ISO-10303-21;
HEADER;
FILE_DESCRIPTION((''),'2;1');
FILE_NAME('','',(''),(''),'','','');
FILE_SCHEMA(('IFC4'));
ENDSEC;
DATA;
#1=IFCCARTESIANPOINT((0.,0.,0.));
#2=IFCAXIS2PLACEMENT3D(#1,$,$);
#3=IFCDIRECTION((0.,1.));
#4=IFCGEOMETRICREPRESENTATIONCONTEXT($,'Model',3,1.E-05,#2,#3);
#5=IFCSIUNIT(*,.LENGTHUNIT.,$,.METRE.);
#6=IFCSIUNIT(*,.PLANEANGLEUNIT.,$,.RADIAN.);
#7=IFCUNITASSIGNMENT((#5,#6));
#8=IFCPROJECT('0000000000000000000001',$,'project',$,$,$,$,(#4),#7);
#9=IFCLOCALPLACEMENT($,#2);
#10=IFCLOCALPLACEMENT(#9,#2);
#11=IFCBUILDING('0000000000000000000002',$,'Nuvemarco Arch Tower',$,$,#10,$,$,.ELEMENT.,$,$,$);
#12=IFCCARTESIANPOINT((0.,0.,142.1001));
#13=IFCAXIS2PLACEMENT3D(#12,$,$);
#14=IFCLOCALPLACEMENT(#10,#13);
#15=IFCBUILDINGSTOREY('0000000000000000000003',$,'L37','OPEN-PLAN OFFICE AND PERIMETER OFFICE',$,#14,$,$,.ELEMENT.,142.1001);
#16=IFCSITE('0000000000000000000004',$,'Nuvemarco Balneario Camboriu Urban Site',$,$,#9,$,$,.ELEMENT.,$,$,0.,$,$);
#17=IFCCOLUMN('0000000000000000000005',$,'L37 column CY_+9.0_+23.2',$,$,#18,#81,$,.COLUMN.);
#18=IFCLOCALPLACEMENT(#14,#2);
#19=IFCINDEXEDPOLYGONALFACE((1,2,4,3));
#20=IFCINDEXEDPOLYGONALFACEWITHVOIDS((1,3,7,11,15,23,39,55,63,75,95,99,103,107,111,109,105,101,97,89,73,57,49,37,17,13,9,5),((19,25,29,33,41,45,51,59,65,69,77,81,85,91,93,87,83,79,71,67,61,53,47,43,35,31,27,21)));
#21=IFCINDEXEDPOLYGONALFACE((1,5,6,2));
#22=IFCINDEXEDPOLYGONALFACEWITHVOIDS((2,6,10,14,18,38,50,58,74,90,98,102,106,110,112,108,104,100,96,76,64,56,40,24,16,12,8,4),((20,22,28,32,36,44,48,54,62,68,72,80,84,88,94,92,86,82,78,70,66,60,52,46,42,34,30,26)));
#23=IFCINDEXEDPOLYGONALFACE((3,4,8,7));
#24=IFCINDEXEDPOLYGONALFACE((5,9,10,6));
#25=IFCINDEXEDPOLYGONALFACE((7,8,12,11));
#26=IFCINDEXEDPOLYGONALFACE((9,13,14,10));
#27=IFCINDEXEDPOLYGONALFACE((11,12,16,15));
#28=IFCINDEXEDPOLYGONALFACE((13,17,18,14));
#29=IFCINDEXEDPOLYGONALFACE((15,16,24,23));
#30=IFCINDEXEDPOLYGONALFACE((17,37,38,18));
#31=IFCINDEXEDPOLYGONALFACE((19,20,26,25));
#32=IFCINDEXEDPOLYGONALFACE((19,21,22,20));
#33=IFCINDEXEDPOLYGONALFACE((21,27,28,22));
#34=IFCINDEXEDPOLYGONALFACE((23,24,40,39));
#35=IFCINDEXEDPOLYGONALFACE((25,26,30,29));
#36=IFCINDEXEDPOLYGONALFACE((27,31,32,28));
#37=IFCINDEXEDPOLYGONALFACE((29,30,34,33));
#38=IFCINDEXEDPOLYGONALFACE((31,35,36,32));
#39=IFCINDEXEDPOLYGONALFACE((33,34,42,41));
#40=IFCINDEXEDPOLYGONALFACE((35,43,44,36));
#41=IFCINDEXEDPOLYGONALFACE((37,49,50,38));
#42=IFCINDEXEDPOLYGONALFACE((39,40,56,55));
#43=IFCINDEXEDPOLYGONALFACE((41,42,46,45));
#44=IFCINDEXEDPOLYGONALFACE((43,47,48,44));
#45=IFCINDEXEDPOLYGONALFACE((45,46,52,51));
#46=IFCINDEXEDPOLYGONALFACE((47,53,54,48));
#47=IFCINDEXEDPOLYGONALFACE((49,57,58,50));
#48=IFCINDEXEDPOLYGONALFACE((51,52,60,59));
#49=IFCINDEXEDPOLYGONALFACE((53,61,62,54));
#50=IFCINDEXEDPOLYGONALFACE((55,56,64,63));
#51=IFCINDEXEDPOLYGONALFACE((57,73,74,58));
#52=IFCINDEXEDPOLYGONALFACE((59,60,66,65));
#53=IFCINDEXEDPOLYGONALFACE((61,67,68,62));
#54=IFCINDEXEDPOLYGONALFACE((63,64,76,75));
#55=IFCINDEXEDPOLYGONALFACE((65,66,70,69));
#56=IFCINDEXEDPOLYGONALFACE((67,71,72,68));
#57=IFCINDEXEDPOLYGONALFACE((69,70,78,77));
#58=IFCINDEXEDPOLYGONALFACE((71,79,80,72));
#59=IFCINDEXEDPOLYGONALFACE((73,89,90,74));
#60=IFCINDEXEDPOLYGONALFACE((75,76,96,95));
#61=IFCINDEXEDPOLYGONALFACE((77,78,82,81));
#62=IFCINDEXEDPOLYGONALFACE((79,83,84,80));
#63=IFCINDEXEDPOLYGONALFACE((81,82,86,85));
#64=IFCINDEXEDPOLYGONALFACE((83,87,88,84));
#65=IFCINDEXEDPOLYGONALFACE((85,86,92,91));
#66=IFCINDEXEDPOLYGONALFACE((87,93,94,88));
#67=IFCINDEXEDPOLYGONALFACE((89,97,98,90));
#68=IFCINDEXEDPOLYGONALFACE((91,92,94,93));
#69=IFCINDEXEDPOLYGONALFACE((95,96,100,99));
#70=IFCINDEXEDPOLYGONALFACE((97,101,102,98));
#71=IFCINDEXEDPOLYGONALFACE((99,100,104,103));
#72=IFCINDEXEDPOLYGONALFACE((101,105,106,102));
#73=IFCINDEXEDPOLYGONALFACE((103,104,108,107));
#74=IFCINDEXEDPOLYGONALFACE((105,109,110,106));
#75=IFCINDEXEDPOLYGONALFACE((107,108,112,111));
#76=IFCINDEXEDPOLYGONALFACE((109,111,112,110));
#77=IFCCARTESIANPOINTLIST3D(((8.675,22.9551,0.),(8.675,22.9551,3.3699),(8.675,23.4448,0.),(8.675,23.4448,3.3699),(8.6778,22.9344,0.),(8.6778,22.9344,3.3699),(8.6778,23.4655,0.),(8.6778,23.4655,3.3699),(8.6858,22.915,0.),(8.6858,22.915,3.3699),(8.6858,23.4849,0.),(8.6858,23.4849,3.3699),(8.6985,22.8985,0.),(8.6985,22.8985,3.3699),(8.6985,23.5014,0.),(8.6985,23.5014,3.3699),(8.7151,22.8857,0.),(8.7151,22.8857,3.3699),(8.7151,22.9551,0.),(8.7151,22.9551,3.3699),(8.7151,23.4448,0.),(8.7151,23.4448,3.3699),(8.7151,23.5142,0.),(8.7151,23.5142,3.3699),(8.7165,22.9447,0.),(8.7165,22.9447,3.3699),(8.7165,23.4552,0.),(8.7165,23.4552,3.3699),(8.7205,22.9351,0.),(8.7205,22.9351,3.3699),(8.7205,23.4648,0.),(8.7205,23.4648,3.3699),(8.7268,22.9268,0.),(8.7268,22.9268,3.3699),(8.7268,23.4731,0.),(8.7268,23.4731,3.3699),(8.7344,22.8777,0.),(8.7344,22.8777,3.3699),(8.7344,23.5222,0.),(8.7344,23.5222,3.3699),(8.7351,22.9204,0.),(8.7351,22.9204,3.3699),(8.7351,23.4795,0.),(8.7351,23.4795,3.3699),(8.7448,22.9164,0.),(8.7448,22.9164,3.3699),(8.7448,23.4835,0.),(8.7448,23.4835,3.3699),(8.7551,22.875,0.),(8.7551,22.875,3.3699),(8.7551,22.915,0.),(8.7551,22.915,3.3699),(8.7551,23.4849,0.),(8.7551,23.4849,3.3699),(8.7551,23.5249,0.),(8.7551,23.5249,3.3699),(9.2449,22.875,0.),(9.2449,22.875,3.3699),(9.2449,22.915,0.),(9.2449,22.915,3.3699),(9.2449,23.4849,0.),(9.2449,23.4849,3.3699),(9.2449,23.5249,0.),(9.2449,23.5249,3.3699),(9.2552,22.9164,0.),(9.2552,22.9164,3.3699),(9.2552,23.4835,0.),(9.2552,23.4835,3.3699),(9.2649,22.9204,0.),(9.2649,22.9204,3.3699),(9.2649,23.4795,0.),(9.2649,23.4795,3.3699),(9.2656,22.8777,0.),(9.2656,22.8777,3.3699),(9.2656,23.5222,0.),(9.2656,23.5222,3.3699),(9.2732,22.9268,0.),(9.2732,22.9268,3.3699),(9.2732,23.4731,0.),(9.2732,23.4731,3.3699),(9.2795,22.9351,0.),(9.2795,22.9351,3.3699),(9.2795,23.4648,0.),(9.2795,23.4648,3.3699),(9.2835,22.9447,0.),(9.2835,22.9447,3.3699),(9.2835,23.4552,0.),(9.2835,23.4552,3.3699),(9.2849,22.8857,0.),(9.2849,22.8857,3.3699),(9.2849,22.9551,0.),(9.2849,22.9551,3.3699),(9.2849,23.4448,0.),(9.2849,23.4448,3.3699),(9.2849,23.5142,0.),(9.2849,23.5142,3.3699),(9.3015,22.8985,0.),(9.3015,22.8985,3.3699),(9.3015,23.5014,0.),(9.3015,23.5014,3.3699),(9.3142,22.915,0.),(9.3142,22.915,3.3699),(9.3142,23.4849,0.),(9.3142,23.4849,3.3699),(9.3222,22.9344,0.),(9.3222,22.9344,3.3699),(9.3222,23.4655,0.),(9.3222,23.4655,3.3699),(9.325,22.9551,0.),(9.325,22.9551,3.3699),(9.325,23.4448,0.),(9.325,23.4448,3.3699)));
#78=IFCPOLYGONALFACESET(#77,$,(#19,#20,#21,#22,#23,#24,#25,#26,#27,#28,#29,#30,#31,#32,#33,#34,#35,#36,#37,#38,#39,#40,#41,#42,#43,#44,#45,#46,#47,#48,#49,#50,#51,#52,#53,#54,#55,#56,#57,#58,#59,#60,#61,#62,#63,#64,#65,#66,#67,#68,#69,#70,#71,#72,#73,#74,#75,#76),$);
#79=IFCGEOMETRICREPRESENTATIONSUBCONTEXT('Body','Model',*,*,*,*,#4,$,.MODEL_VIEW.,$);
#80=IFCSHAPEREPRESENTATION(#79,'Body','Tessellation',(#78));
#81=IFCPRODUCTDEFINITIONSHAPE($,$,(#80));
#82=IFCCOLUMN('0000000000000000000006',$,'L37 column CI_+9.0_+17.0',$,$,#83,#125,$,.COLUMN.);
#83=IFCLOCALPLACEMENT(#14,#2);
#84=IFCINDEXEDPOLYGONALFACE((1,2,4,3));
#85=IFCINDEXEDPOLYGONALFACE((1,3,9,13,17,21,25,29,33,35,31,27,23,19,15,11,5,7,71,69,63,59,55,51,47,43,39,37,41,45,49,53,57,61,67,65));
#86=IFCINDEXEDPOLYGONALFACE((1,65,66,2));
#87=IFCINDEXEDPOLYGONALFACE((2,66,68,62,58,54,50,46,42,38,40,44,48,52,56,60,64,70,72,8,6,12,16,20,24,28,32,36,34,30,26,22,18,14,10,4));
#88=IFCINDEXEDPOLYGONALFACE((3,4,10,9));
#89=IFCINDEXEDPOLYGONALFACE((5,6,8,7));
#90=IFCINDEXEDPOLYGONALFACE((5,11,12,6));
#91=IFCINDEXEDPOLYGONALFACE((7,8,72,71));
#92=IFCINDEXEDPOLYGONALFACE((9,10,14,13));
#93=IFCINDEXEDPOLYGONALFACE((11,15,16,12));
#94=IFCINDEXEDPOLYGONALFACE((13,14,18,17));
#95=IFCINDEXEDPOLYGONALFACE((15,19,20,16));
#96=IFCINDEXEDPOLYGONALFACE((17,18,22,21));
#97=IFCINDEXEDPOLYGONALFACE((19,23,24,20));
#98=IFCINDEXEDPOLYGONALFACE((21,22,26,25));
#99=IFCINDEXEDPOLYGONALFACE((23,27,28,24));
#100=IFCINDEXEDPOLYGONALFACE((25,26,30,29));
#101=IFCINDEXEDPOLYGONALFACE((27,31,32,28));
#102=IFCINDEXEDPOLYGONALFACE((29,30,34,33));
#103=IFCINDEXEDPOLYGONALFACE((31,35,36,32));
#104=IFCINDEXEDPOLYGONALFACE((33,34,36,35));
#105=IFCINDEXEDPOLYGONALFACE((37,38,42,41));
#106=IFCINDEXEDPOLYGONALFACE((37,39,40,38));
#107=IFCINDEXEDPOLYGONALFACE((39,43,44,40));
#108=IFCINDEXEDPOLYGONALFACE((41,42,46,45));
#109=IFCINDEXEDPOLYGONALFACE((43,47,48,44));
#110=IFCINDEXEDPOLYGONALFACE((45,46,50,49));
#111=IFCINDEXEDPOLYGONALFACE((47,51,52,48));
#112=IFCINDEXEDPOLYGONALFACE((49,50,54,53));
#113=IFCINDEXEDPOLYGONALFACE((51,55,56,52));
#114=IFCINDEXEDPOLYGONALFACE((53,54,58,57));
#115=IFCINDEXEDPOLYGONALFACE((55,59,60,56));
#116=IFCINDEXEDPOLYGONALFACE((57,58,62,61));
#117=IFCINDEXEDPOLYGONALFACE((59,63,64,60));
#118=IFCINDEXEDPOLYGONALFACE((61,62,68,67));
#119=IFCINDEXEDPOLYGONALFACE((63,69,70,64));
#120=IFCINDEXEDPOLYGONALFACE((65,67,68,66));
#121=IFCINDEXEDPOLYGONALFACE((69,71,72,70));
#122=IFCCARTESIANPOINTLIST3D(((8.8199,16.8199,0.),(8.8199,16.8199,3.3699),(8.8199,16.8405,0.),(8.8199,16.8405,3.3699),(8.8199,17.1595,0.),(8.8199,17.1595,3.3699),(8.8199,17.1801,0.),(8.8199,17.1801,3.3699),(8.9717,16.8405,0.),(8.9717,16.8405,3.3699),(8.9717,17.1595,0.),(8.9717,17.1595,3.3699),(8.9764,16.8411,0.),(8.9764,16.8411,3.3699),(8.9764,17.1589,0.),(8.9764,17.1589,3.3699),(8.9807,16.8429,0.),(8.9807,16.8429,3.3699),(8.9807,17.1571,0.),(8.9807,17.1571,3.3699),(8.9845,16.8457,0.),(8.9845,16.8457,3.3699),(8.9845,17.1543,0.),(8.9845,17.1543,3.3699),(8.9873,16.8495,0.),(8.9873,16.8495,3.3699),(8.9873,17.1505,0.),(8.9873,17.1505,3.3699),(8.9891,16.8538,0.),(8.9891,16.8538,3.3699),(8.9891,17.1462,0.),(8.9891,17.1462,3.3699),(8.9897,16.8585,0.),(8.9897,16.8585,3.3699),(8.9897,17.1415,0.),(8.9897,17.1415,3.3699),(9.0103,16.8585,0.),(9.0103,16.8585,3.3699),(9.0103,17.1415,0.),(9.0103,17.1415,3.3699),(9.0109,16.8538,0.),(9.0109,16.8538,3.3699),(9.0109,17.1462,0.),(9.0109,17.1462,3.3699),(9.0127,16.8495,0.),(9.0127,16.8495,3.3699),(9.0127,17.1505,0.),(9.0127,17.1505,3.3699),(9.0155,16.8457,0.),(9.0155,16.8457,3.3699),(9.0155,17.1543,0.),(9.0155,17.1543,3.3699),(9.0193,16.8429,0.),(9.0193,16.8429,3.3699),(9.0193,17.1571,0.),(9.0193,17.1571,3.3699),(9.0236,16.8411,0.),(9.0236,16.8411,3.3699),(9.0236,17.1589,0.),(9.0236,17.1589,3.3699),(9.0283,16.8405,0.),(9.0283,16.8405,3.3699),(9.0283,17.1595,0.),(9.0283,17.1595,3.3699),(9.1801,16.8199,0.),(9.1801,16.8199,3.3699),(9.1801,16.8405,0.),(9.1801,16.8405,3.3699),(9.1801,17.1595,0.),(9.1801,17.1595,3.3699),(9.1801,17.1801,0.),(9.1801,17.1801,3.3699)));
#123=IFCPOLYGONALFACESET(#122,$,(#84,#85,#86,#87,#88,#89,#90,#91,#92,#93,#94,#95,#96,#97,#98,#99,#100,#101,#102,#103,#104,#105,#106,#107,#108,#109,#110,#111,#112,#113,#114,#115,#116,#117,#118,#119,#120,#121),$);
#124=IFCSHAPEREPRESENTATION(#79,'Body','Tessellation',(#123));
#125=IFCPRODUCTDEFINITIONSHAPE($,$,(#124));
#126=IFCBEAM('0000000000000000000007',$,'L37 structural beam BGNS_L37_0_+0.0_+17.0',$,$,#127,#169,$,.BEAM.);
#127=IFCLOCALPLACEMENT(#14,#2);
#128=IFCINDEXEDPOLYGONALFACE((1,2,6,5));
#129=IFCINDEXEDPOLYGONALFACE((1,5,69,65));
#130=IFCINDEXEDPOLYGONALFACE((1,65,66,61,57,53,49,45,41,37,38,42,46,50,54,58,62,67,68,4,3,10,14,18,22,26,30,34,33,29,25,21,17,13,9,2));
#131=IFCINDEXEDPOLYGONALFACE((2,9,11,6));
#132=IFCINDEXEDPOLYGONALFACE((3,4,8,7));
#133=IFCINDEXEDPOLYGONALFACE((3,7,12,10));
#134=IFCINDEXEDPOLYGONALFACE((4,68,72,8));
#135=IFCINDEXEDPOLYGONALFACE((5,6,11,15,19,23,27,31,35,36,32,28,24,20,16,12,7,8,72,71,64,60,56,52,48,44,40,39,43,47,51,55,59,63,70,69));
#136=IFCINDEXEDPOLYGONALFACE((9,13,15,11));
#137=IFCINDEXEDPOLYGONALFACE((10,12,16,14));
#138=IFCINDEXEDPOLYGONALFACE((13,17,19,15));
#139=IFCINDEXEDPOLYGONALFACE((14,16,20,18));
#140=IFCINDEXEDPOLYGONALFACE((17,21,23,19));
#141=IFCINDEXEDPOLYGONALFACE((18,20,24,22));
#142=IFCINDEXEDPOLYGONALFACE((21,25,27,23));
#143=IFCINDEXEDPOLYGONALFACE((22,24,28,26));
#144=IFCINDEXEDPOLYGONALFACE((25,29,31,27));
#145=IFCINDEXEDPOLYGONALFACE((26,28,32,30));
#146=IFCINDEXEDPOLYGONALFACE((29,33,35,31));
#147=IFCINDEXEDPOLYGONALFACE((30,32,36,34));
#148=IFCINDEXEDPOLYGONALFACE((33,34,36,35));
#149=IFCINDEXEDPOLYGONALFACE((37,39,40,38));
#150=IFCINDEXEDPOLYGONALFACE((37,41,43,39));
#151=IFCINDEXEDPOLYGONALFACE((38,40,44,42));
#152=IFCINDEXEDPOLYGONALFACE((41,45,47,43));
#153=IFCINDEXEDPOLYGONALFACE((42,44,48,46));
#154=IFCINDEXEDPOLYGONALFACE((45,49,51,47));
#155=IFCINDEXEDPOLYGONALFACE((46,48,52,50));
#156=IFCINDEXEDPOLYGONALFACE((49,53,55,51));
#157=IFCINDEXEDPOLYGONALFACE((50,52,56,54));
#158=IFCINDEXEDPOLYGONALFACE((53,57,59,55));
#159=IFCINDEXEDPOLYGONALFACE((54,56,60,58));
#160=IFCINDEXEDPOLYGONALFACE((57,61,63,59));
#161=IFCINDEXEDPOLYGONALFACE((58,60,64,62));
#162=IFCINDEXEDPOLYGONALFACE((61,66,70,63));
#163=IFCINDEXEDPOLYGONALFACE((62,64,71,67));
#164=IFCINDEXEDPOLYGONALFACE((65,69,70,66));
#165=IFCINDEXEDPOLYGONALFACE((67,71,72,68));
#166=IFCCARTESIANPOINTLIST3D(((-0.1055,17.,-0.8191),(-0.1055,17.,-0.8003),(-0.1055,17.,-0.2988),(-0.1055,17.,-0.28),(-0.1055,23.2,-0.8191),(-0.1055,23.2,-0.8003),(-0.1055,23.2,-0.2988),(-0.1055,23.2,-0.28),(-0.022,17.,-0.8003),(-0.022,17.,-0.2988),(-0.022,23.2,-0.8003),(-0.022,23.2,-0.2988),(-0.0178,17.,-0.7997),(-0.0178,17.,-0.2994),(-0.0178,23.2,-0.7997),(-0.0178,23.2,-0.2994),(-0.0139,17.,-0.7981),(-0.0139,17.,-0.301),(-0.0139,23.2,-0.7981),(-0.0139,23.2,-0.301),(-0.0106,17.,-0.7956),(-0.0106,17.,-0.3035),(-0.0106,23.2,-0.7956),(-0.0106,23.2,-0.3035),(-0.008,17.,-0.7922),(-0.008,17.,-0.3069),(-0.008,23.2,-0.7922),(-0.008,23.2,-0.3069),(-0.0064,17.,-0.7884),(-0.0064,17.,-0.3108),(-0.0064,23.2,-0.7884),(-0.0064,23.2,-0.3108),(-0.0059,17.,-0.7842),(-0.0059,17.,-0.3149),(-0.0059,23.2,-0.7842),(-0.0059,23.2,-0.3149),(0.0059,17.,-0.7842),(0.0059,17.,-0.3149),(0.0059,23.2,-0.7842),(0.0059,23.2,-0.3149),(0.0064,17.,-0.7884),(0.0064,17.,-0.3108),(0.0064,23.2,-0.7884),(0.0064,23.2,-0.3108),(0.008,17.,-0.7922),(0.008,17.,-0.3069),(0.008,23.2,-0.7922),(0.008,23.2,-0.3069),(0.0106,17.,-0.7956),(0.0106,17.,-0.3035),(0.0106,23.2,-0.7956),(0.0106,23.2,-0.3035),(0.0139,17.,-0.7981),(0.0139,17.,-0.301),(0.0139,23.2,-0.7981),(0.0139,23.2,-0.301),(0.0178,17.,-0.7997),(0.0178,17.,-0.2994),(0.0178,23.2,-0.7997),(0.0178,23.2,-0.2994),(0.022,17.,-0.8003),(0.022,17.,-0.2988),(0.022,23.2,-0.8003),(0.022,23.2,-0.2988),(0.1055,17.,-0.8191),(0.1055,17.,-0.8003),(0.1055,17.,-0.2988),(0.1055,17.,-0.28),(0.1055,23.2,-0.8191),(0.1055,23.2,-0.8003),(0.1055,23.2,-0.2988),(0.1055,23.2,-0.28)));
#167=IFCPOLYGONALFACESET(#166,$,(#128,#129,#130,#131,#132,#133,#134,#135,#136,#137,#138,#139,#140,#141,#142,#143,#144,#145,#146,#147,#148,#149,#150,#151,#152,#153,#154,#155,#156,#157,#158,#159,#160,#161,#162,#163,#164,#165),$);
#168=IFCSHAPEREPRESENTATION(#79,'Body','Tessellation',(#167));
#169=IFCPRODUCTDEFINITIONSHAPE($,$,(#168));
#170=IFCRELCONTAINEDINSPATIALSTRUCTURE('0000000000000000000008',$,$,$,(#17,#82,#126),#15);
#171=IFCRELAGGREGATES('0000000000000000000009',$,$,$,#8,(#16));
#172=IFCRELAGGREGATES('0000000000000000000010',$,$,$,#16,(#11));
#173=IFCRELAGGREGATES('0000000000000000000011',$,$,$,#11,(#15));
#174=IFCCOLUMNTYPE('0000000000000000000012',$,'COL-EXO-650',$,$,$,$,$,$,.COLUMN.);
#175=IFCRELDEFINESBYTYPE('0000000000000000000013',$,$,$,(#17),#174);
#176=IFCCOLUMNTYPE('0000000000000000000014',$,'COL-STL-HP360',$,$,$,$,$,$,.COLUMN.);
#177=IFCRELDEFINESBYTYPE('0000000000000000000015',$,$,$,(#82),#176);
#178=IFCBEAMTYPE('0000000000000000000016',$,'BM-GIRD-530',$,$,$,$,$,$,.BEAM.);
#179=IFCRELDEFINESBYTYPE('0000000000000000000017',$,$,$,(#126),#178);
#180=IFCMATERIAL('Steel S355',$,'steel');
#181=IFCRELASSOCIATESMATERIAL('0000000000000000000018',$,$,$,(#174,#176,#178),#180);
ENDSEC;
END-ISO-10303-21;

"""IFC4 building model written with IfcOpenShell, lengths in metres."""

from ifc_helpers import new_model, si_unit, direction, frame, origin, origin_2d, place, context, subcontext, project, spatial, hollow_rectangle, i_section, extrude, material, material_profile, profile_set, type_object, element, save


model = new_model("IFC4")

# Units and contexts
model_context = context("Model", 3, precision=1e-05, world=origin(), true_north=direction((0.0, 1.0)))
body_context = subcontext(model_context, "Body", "Model", "MODEL_VIEW")
ifc_project = project(units=[si_unit("LENGTHUNIT", "METRE"), si_unit("PLANEANGLEUNIT", "RADIAN")], contexts=[model_context])

# Site, building, storey
site_placement = place(None, origin())
site = spatial("IfcSite", under=ifc_project, at=site_placement, Name="Nuvemarco Balneario Camboriu Urban Site", CompositionType="ELEMENT", RefElevation=0.0)
building_placement = place(site_placement, origin())
building = spatial("IfcBuilding", under=site, at=building_placement, Name="Nuvemarco Arch Tower", CompositionType="ELEMENT")
storey_placement = place(building_placement, frame((0.0, 0.0, 142.1001)))
storey = spatial("IfcBuildingStorey", under=building, at=storey_placement, Name="L37", Description="OPEN-PLAN OFFICE AND PERIMETER OFFICE", CompositionType="ELEMENT", Elevation=142.1001)

# Columns
ifc_material_1 = material(Name="Steel S355", Category="steel")
ifc_material_profile_1 = material_profile(ifc_material_1, hollow_rectangle(XDim=0.6499, YDim=0.6499, WallThickness=0.04, InnerFilletRadius=0.04, OuterFilletRadius=0.0801, at=origin_2d()), Name="SHS650x650x40")
ifc_profile_set_1 = profile_set([ifc_material_profile_1], Name="Steel S355")
column_type_1 = type_object("IfcColumnType", Name="COL-EXO-650", PredefinedType="COLUMN", material=ifc_profile_set_1)
column_1_placement = place(storey_placement, frame((9.0, 23.2, 0.0), z_axis=(0.0, 0.0, 1.0), x_axis=(1.0, 0.0, 0.0)))
element("IfcColumn", 1, at=column_1_placement, inside=storey, type_object=column_type_1, Name="L37 column CY_+9.0_+23.2", PredefinedType="COLUMN", context=body_context, shape_type="SweptSolid", body=[
    extrude(hollow_rectangle(XDim=0.6499, YDim=0.6499, WallThickness=0.04, InnerFilletRadius=0.04, OuterFilletRadius=0.0801, at=origin_2d()), origin(), (0.0, 0.0, 1.0), 3.3699),
])
ifc_material_profile_2 = material_profile(ifc_material_1, i_section(OverallWidth=0.3601, OverallDepth=0.3601, WebThickness=0.0205, FlangeThickness=0.0205, FilletRadius=0.0181, at=origin_2d()), Name="HP360x174")
ifc_profile_set_2 = profile_set([ifc_material_profile_2], Name="Steel S355")
column_type_2 = type_object("IfcColumnType", Name="COL-STL-HP360", PredefinedType="COLUMN", material=ifc_profile_set_2)
column_2_placement = place(storey_placement, frame((9.0, 17.0, 0.0), z_axis=(0.0, 0.0, 1.0), x_axis=(1.0, 0.0, 0.0)))
element("IfcColumn", 2, at=column_2_placement, inside=storey, type_object=column_type_2, Name="L37 column CI_+9.0_+17.0", PredefinedType="COLUMN", context=body_context, shape_type="SweptSolid", body=[
    extrude(i_section(OverallWidth=0.3601, OverallDepth=0.3601, WebThickness=0.0205, FlangeThickness=0.0205, FilletRadius=0.0181, at=origin_2d()), origin(), (0.0, 0.0, 1.0), 3.3699),
])

# Beam
ifc_material_profile_3 = material_profile(ifc_material_1, i_section(OverallWidth=0.2109, OverallDepth=0.5391, WebThickness=0.0117, FlangeThickness=0.0188, FilletRadius=0.0161, at=origin_2d()), Name="W530x109")
ifc_profile_set_3 = profile_set([ifc_material_profile_3], Name="Steel S355")
beam_type_1 = type_object("IfcBeamType", Name="BM-GIRD-530", PredefinedType="BEAM", material=ifc_profile_set_3)
for number, where, z_axis, x_axis, name in (
    (3, (0.0, 17.0, -0.5496), (0.0, 1.0, 0.0), (-1.0, 0.0, 0.0), "L37 structural beam BGNS_L37_0_+0.0_+17.0"),
):
    element("IfcBeam", number, at=place(storey_placement, frame(where, z_axis=z_axis, x_axis=x_axis)), inside=storey, type_object=beam_type_1, Name=name, PredefinedType="BEAM", context=body_context, shape_type="SweptSolid", body=[
        extrude(i_section(OverallWidth=0.2109, OverallDepth=0.5391, WebThickness=0.0117, FlangeThickness=0.0188, FilletRadius=0.0161, at=origin_2d()), origin(), (0.0, 0.0, 1.0), 6.2),
    ])

save(model, "model.ifc")
